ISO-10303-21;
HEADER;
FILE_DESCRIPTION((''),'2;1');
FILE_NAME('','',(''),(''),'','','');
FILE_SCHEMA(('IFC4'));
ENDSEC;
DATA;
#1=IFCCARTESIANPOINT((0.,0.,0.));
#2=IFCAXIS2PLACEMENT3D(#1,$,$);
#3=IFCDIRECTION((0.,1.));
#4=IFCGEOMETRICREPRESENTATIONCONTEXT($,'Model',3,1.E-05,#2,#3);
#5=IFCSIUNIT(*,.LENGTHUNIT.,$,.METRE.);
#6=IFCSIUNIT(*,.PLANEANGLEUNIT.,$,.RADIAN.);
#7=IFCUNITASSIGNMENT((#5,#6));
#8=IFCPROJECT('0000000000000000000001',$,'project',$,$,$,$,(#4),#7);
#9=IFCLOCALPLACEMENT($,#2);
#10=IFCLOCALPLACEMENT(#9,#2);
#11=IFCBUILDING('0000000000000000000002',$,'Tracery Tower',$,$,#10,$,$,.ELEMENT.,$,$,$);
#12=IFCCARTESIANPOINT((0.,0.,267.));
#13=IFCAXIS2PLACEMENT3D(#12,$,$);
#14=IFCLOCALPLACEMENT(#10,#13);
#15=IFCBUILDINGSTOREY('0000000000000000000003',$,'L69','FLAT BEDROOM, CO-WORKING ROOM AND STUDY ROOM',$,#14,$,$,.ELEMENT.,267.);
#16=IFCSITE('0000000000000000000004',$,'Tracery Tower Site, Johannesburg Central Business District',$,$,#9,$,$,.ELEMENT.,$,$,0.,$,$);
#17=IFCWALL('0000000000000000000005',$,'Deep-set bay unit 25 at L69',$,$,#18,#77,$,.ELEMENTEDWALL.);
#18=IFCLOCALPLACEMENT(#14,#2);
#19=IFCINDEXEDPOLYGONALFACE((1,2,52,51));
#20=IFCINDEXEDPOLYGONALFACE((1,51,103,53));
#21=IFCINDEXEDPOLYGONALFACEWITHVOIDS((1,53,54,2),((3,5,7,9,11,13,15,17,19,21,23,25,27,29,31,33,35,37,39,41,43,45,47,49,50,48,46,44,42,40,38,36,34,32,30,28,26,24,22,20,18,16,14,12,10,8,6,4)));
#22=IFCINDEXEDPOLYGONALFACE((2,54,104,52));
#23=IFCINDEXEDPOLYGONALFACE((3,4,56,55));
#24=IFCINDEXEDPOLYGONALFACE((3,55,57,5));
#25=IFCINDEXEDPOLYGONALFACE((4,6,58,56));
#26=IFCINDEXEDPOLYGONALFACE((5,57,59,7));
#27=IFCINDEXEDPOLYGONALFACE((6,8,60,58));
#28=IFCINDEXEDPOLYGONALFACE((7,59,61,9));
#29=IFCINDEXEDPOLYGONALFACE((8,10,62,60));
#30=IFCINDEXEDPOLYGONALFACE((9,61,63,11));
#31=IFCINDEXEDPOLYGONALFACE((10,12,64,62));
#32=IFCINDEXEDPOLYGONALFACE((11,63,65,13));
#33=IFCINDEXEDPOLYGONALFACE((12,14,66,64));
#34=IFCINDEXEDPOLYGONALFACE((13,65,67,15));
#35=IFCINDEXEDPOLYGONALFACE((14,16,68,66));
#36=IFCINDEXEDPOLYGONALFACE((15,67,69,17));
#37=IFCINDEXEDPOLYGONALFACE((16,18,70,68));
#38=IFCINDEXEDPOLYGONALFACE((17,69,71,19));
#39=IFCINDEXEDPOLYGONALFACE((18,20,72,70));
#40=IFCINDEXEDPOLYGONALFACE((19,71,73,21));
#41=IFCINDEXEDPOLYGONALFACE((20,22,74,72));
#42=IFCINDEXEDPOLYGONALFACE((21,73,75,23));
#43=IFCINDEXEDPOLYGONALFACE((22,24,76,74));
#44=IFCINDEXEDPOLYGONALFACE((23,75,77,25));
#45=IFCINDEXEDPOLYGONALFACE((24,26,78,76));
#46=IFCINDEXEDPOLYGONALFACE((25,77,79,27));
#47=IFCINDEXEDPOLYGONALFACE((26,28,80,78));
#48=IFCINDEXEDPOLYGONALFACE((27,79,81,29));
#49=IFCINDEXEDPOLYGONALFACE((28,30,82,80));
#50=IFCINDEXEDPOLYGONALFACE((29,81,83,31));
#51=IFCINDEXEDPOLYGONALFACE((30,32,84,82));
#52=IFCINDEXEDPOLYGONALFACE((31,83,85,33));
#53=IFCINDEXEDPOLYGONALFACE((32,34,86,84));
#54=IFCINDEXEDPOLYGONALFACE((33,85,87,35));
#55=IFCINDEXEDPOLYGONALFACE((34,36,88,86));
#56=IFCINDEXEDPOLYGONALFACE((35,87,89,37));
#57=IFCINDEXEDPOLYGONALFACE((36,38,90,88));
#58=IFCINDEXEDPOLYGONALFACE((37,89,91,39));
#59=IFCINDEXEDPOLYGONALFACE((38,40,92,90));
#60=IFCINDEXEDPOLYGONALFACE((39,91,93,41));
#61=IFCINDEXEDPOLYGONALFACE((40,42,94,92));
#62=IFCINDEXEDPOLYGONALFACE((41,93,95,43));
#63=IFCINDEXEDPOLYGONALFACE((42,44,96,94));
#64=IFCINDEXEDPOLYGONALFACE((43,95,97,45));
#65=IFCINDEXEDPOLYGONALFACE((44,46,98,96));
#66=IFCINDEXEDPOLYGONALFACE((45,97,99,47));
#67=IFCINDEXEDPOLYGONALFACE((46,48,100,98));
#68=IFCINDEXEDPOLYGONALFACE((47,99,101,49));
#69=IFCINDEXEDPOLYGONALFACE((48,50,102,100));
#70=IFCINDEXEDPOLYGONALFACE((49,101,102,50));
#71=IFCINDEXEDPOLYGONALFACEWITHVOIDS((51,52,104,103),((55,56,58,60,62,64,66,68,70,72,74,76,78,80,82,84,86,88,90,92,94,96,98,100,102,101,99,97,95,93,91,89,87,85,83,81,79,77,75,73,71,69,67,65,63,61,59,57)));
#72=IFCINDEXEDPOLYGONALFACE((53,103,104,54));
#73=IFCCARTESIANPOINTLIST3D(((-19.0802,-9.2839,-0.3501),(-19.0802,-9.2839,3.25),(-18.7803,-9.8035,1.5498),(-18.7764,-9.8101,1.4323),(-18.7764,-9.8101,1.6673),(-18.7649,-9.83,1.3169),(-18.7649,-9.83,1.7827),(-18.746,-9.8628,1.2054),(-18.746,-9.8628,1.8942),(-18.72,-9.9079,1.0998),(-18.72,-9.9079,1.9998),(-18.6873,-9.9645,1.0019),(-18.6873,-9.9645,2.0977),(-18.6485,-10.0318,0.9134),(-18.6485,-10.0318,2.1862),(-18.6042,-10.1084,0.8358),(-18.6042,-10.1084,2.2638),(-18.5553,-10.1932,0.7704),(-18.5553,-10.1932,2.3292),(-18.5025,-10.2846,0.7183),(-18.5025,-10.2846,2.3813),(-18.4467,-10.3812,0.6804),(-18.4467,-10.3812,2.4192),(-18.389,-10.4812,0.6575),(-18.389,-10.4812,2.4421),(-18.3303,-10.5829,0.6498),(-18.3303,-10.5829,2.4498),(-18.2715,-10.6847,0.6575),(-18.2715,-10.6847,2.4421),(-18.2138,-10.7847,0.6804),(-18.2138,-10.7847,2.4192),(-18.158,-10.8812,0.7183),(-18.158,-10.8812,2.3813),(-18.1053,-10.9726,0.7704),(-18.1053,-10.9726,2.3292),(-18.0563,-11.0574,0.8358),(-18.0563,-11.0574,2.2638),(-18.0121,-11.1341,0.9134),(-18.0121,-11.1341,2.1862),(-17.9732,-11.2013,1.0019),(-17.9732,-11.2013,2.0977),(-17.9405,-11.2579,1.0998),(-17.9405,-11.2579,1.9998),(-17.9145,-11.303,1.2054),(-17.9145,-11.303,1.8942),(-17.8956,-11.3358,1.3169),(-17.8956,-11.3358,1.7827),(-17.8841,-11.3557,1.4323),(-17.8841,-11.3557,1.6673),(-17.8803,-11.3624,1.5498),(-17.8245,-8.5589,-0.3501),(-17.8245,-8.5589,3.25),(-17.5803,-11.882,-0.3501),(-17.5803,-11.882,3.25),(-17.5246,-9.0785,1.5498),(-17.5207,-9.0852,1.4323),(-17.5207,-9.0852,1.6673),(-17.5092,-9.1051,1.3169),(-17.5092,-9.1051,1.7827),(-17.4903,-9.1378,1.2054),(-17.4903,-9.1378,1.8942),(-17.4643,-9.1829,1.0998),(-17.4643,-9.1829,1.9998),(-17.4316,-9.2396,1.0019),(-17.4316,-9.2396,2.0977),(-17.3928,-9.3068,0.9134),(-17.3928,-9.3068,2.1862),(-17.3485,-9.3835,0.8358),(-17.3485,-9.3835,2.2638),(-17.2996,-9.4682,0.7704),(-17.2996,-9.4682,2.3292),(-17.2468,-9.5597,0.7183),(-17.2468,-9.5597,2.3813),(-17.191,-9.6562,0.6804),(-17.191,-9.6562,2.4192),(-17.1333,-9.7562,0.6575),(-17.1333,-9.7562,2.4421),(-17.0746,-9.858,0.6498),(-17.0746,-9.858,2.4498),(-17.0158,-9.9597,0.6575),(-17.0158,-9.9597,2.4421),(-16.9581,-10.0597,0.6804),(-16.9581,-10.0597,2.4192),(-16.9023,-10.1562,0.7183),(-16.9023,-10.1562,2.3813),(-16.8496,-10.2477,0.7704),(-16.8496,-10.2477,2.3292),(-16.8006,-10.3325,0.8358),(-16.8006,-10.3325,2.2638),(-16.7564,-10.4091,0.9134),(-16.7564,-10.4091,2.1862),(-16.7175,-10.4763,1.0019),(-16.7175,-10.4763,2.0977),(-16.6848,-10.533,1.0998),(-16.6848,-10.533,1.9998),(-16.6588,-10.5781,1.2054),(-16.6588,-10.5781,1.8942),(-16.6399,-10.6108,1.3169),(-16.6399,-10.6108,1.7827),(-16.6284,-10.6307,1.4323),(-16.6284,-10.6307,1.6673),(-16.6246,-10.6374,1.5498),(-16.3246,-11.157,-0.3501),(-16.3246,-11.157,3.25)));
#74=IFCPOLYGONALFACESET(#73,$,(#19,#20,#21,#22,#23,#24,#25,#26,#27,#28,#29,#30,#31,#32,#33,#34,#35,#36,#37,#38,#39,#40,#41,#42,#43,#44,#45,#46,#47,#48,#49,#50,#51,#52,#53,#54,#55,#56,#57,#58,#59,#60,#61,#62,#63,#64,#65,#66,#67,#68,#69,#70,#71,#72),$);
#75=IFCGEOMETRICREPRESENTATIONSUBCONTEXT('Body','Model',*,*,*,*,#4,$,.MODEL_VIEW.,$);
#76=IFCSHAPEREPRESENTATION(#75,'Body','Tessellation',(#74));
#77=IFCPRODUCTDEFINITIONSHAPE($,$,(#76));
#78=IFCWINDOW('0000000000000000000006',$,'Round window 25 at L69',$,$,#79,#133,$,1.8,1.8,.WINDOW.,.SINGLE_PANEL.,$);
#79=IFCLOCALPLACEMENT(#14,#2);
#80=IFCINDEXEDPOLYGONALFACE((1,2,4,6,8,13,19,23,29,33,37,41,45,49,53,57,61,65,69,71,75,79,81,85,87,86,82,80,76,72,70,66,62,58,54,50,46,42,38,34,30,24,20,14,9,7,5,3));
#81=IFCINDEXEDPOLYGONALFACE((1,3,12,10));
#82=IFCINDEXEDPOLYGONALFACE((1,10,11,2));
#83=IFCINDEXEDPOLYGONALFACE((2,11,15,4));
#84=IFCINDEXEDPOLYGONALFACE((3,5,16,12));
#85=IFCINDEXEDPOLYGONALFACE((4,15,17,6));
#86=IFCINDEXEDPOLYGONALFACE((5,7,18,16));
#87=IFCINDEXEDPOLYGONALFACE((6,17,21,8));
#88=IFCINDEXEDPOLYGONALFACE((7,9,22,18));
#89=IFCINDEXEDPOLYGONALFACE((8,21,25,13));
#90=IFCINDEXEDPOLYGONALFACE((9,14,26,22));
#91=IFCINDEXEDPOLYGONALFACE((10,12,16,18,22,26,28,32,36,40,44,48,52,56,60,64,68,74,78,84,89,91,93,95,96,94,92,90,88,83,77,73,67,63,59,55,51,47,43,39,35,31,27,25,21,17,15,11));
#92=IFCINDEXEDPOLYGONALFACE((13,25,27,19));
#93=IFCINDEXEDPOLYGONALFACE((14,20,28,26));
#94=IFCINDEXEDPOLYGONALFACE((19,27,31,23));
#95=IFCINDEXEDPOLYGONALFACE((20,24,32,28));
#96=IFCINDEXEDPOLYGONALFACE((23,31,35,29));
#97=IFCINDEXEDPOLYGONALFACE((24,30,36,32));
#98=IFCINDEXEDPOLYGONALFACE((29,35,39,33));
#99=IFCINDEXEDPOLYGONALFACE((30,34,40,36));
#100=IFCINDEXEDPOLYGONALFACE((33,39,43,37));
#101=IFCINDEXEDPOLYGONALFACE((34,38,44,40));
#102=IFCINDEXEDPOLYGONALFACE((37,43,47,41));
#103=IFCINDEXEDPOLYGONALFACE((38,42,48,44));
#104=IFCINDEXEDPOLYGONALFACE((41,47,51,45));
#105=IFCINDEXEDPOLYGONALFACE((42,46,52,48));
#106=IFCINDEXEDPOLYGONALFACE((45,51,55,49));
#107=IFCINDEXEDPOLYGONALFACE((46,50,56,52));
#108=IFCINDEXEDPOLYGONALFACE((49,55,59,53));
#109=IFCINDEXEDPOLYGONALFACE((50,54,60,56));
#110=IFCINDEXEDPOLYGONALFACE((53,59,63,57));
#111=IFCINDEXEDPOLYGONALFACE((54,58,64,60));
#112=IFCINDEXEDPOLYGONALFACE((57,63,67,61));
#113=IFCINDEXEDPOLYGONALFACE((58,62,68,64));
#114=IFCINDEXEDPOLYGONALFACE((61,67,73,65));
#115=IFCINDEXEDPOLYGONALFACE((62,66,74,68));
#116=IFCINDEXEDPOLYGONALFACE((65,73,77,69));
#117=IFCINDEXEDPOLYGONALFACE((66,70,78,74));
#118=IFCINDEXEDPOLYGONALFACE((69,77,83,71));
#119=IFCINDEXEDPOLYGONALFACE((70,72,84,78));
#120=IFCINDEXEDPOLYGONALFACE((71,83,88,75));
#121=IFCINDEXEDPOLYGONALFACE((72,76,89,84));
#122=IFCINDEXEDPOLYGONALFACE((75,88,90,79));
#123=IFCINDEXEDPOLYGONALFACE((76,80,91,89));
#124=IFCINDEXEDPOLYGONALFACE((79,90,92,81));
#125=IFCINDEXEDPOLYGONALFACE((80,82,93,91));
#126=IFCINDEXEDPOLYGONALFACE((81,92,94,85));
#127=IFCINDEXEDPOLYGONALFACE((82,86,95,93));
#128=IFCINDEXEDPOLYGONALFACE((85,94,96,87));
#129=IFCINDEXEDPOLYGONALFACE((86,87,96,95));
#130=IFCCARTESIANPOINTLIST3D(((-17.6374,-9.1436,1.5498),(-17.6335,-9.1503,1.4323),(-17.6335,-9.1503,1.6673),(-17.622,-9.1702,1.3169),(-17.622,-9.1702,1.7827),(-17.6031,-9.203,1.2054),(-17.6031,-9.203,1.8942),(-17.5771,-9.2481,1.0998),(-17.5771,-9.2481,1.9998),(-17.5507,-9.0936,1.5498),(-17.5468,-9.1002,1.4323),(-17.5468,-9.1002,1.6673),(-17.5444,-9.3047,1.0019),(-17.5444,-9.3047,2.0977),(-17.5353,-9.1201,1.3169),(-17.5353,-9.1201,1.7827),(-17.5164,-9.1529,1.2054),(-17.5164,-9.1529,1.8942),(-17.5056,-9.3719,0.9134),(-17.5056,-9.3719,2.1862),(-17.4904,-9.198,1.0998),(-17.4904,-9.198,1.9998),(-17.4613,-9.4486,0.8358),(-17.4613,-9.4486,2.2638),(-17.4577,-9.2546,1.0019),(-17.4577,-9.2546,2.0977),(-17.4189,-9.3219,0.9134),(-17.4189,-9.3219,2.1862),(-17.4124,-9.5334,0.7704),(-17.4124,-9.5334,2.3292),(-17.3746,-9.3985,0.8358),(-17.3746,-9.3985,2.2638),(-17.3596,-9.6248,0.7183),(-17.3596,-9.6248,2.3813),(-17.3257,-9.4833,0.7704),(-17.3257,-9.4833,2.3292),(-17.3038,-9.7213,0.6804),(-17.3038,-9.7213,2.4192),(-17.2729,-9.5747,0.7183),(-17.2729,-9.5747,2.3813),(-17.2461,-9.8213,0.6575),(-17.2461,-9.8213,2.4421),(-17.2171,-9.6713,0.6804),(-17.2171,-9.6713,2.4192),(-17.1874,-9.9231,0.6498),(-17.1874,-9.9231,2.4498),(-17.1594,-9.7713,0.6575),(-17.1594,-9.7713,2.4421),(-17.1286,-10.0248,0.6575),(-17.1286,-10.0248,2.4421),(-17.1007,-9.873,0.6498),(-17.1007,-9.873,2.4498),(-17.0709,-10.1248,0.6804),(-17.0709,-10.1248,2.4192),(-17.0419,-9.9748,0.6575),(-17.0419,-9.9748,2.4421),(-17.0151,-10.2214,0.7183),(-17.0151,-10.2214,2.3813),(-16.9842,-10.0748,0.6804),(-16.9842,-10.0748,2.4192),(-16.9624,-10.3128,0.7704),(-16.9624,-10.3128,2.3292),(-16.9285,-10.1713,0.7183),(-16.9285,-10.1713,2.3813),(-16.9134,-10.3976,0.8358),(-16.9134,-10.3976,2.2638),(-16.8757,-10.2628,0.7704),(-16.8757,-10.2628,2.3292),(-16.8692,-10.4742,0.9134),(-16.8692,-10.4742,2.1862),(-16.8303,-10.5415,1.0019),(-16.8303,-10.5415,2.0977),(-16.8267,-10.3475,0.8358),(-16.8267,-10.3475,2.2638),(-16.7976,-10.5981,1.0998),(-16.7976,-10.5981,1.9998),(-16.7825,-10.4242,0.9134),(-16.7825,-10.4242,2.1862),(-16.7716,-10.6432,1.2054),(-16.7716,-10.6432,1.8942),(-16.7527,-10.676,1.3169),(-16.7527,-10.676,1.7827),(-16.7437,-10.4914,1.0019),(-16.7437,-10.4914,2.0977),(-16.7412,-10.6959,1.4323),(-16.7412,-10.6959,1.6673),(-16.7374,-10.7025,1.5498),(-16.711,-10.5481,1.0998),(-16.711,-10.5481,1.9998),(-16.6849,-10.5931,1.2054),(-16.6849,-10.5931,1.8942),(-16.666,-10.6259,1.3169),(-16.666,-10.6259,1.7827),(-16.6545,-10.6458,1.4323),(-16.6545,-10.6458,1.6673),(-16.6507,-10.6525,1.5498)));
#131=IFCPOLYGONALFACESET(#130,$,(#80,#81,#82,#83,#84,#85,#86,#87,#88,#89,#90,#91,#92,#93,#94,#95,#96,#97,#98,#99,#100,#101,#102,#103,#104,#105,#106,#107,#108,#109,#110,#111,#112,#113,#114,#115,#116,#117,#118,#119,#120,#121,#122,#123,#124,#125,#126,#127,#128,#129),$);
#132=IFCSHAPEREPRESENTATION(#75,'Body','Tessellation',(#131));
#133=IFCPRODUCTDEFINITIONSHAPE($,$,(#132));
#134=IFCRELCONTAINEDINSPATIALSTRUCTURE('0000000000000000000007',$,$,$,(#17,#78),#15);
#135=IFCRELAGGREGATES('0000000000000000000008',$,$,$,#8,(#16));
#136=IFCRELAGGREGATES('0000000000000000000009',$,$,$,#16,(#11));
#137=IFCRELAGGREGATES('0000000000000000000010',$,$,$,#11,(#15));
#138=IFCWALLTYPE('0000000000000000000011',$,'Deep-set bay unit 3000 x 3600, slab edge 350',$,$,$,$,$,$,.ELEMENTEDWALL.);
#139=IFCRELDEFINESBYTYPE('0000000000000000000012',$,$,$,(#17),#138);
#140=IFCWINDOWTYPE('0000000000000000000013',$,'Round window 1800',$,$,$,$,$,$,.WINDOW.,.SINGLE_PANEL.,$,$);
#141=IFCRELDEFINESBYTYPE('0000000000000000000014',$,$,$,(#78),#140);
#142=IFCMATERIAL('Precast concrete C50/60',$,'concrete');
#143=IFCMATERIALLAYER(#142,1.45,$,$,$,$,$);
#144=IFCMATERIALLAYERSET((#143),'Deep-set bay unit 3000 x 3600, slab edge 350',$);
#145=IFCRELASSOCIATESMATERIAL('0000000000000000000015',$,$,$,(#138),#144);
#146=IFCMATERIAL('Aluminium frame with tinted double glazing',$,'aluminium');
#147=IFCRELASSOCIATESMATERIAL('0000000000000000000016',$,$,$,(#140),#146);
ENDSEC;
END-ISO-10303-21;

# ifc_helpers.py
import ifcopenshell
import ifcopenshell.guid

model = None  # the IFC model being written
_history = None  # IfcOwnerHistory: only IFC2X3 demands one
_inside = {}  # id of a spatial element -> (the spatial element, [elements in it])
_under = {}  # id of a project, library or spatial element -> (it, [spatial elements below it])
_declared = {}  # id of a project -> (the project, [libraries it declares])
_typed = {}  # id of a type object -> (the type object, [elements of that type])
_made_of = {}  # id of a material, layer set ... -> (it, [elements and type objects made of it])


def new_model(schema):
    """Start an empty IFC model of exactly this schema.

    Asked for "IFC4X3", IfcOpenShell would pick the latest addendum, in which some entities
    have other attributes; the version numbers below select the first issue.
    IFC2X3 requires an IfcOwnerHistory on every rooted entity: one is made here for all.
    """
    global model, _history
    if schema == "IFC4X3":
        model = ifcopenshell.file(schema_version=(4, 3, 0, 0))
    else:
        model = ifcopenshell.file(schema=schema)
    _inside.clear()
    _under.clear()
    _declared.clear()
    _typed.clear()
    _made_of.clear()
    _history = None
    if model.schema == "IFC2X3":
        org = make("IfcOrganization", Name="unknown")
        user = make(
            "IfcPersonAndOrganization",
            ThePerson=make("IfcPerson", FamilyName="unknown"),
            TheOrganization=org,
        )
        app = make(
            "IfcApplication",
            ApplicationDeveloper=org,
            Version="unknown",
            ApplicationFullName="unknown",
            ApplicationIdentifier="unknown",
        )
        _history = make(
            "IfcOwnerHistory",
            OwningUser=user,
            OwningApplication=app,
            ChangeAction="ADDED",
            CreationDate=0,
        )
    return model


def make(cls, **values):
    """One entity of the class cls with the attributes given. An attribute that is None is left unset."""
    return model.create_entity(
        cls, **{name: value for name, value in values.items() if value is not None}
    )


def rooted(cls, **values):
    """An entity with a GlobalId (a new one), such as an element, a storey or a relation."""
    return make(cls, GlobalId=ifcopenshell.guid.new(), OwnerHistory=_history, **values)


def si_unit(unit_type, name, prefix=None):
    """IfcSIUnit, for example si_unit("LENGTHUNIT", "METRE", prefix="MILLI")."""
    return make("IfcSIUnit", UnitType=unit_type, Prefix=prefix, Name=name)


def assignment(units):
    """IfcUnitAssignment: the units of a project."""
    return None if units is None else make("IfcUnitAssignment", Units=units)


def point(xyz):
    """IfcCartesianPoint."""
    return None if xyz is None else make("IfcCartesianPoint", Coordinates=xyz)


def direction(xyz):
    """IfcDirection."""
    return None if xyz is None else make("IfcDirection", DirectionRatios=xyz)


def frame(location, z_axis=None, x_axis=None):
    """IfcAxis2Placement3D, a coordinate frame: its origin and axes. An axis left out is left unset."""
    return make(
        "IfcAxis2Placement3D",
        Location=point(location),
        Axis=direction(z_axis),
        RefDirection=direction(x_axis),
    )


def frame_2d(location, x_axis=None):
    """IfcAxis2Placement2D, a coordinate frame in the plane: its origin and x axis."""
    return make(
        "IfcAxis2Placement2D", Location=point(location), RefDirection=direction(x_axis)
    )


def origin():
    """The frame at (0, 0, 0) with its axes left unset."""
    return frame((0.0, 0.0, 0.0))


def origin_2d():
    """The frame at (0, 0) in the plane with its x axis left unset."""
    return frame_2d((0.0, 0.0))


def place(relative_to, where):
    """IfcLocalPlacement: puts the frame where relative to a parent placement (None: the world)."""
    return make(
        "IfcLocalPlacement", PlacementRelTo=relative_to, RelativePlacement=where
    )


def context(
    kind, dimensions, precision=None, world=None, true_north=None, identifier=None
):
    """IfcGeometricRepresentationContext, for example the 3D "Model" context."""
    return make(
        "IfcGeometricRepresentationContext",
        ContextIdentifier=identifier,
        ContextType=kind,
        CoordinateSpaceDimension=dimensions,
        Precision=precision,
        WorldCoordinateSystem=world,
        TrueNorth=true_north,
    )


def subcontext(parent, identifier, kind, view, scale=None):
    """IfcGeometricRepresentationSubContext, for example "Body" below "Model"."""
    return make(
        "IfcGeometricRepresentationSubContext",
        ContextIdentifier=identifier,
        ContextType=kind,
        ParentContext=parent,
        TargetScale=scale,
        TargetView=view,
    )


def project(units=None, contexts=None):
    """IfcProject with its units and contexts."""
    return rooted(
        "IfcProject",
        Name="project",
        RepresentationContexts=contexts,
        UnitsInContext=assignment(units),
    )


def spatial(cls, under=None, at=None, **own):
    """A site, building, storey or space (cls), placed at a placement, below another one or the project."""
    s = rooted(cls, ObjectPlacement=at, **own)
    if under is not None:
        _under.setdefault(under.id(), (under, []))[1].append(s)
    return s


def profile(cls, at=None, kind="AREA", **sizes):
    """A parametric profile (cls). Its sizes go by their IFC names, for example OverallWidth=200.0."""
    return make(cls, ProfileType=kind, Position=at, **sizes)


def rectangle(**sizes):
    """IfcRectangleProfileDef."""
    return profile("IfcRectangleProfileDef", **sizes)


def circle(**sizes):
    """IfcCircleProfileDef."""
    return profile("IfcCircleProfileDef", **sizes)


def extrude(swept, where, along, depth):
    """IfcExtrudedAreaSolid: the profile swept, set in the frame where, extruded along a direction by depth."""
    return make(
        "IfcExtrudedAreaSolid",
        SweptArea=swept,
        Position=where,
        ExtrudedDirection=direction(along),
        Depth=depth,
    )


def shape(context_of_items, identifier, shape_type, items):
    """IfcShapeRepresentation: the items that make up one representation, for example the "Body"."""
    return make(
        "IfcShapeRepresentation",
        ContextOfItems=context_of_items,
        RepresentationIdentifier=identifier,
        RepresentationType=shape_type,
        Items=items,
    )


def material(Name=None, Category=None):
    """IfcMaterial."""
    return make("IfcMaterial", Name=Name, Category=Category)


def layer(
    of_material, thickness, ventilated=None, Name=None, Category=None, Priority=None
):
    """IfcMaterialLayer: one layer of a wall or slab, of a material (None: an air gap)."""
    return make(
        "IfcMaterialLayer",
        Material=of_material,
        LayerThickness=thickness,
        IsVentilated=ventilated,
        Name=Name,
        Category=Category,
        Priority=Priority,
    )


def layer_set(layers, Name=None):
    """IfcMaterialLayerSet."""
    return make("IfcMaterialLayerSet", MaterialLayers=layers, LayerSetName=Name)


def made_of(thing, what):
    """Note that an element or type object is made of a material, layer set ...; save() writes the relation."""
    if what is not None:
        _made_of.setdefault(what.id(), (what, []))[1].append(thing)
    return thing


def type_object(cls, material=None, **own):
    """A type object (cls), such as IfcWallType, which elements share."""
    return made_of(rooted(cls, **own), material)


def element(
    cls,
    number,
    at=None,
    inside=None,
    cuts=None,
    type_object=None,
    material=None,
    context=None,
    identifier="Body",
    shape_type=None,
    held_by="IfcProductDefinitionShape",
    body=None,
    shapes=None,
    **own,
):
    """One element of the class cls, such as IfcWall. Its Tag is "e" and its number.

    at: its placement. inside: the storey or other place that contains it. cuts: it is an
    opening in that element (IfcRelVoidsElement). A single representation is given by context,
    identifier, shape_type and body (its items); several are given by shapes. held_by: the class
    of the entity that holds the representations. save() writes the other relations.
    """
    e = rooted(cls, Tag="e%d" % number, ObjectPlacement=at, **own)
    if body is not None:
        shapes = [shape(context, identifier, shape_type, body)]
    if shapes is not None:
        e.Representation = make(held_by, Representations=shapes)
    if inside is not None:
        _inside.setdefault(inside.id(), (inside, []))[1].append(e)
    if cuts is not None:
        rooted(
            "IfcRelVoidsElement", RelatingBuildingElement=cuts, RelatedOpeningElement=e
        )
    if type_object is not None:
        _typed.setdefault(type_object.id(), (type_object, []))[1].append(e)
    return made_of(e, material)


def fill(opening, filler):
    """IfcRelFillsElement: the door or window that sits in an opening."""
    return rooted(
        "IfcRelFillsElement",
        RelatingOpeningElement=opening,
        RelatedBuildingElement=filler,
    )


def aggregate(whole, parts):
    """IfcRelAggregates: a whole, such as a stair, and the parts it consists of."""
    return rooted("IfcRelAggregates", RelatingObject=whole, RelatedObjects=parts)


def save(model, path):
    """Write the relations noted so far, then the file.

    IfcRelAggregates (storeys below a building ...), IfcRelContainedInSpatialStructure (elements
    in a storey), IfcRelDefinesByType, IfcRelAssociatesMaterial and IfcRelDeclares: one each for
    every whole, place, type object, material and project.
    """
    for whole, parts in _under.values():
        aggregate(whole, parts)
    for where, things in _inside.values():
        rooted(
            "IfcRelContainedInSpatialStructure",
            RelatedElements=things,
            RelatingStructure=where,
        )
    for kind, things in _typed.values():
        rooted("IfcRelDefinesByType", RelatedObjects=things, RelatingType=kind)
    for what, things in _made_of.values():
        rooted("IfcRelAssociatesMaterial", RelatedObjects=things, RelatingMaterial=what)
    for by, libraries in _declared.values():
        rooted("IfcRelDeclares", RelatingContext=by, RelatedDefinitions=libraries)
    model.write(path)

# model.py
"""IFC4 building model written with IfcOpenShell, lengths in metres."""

from ifc_helpers import new_model, si_unit, direction, frame, frame_2d, origin, origin_2d, place, context, subcontext, project, spatial, rectangle, circle, extrude, material, layer, layer_set, type_object, element, fill, save


model = new_model("IFC4")

# Units and contexts
model_context = context("Model", 3, precision=1e-05, world=origin(), true_north=direction((0.0, 1.0)))
body_context = subcontext(model_context, "Body", "Model", "MODEL_VIEW")
ifc_project = project(units=[si_unit("LENGTHUNIT", "METRE"), si_unit("PLANEANGLEUNIT", "RADIAN")], contexts=[model_context])

# Site, building, storey
site_placement = place(None, origin())
site = spatial("IfcSite", under=ifc_project, at=site_placement, Name="Tracery Tower Site, Johannesburg Central Business District", CompositionType="ELEMENT", RefElevation=0.0)
building_placement = place(site_placement, origin())
building = spatial("IfcBuilding", under=site, at=building_placement, Name="Tracery Tower", CompositionType="ELEMENT")
storey_placement = place(building_placement, frame((0.0, 0.0, 267.0)))
storey = spatial("IfcBuildingStorey", under=building, at=storey_placement, Name="L69", Description="FLAT BEDROOM, CO-WORKING ROOM AND STUDY ROOM", CompositionType="ELEMENT", Elevation=267.0)

# Wall, opening, window
ifc_material_1 = material(Name="Precast concrete C50/60", Category="concrete")
ifc_layer_1 = layer(ifc_material_1, 1.45)
ifc_layer_set_1 = layer_set([ifc_layer_1], Name="Deep-set bay unit 3000 x 3600, slab edge 350")
wall_type_1 = type_object("IfcWallType", Name="Deep-set bay unit 3000 x 3600, slab edge 350", PredefinedType="ELEMENTEDWALL", material=ifc_layer_set_1)
wall_1_placement = place(storey_placement, frame((-18.4524, -8.9214, -0.3501), z_axis=(0.0, 0.0, 1.0), x_axis=(0.49999, -0.866031, 0.0)))
wall_1 = element("IfcWall", 1, at=wall_1_placement, inside=storey, type_object=wall_type_1, Name="Deep-set bay unit 25 at L69", PredefinedType="ELEMENTEDWALL", context=body_context, shape_type="SweptSolid", body=[
    extrude(rectangle(XDim=3.0, YDim=1.45, at=frame_2d((1.5, 0.0))), origin(), (0.0, 0.0, 1.0), 3.6001),
])
opening_1_placement = place(wall_1_placement, frame((1.5, 0.0, 1.8999)))
opening_1 = element("IfcOpeningElement", 2, at=opening_1_placement, cuts=wall_1, PredefinedType="OPENING", context=body_context, shape_type="SweptSolid", body=[
    extrude(circle(Radius=0.9, at=origin_2d()), frame((0.0, 0.7349, 0.0), z_axis=(0.0, -1.0, 0.0), x_axis=(1.0, 0.0, 0.0)), (0.0, 0.0, 1.0), 1.47),
])
ifc_material_2 = material(Name="Aluminium frame with tinted double glazing", Category="aluminium")
window_type = type_object("IfcWindowType", Name="Round window 1800", PartitioningType="SINGLE_PANEL", PredefinedType="WINDOW", material=ifc_material_2)
window_1_placement = place(opening_1_placement, origin())
window_1 = element("IfcWindow", 3, at=window_1_placement, inside=storey, type_object=window_type, Name="Round window 25 at L69", OverallHeight=1.8, OverallWidth=1.8, PartitioningType="SINGLE_PANEL", PredefinedType="WINDOW", context=body_context, shape_type="SweptSolid", body=[
    extrude(circle(Radius=0.9, at=origin_2d()), frame((0.0, 0.6948, 0.0), z_axis=(0.0, -1.0, 0.0), x_axis=(1.0, 0.0, 0.0)), (0.0, 0.0, 1.0), 0.1001),
])
fill(opening_1, window_1)

save(model, "model.ifc")
